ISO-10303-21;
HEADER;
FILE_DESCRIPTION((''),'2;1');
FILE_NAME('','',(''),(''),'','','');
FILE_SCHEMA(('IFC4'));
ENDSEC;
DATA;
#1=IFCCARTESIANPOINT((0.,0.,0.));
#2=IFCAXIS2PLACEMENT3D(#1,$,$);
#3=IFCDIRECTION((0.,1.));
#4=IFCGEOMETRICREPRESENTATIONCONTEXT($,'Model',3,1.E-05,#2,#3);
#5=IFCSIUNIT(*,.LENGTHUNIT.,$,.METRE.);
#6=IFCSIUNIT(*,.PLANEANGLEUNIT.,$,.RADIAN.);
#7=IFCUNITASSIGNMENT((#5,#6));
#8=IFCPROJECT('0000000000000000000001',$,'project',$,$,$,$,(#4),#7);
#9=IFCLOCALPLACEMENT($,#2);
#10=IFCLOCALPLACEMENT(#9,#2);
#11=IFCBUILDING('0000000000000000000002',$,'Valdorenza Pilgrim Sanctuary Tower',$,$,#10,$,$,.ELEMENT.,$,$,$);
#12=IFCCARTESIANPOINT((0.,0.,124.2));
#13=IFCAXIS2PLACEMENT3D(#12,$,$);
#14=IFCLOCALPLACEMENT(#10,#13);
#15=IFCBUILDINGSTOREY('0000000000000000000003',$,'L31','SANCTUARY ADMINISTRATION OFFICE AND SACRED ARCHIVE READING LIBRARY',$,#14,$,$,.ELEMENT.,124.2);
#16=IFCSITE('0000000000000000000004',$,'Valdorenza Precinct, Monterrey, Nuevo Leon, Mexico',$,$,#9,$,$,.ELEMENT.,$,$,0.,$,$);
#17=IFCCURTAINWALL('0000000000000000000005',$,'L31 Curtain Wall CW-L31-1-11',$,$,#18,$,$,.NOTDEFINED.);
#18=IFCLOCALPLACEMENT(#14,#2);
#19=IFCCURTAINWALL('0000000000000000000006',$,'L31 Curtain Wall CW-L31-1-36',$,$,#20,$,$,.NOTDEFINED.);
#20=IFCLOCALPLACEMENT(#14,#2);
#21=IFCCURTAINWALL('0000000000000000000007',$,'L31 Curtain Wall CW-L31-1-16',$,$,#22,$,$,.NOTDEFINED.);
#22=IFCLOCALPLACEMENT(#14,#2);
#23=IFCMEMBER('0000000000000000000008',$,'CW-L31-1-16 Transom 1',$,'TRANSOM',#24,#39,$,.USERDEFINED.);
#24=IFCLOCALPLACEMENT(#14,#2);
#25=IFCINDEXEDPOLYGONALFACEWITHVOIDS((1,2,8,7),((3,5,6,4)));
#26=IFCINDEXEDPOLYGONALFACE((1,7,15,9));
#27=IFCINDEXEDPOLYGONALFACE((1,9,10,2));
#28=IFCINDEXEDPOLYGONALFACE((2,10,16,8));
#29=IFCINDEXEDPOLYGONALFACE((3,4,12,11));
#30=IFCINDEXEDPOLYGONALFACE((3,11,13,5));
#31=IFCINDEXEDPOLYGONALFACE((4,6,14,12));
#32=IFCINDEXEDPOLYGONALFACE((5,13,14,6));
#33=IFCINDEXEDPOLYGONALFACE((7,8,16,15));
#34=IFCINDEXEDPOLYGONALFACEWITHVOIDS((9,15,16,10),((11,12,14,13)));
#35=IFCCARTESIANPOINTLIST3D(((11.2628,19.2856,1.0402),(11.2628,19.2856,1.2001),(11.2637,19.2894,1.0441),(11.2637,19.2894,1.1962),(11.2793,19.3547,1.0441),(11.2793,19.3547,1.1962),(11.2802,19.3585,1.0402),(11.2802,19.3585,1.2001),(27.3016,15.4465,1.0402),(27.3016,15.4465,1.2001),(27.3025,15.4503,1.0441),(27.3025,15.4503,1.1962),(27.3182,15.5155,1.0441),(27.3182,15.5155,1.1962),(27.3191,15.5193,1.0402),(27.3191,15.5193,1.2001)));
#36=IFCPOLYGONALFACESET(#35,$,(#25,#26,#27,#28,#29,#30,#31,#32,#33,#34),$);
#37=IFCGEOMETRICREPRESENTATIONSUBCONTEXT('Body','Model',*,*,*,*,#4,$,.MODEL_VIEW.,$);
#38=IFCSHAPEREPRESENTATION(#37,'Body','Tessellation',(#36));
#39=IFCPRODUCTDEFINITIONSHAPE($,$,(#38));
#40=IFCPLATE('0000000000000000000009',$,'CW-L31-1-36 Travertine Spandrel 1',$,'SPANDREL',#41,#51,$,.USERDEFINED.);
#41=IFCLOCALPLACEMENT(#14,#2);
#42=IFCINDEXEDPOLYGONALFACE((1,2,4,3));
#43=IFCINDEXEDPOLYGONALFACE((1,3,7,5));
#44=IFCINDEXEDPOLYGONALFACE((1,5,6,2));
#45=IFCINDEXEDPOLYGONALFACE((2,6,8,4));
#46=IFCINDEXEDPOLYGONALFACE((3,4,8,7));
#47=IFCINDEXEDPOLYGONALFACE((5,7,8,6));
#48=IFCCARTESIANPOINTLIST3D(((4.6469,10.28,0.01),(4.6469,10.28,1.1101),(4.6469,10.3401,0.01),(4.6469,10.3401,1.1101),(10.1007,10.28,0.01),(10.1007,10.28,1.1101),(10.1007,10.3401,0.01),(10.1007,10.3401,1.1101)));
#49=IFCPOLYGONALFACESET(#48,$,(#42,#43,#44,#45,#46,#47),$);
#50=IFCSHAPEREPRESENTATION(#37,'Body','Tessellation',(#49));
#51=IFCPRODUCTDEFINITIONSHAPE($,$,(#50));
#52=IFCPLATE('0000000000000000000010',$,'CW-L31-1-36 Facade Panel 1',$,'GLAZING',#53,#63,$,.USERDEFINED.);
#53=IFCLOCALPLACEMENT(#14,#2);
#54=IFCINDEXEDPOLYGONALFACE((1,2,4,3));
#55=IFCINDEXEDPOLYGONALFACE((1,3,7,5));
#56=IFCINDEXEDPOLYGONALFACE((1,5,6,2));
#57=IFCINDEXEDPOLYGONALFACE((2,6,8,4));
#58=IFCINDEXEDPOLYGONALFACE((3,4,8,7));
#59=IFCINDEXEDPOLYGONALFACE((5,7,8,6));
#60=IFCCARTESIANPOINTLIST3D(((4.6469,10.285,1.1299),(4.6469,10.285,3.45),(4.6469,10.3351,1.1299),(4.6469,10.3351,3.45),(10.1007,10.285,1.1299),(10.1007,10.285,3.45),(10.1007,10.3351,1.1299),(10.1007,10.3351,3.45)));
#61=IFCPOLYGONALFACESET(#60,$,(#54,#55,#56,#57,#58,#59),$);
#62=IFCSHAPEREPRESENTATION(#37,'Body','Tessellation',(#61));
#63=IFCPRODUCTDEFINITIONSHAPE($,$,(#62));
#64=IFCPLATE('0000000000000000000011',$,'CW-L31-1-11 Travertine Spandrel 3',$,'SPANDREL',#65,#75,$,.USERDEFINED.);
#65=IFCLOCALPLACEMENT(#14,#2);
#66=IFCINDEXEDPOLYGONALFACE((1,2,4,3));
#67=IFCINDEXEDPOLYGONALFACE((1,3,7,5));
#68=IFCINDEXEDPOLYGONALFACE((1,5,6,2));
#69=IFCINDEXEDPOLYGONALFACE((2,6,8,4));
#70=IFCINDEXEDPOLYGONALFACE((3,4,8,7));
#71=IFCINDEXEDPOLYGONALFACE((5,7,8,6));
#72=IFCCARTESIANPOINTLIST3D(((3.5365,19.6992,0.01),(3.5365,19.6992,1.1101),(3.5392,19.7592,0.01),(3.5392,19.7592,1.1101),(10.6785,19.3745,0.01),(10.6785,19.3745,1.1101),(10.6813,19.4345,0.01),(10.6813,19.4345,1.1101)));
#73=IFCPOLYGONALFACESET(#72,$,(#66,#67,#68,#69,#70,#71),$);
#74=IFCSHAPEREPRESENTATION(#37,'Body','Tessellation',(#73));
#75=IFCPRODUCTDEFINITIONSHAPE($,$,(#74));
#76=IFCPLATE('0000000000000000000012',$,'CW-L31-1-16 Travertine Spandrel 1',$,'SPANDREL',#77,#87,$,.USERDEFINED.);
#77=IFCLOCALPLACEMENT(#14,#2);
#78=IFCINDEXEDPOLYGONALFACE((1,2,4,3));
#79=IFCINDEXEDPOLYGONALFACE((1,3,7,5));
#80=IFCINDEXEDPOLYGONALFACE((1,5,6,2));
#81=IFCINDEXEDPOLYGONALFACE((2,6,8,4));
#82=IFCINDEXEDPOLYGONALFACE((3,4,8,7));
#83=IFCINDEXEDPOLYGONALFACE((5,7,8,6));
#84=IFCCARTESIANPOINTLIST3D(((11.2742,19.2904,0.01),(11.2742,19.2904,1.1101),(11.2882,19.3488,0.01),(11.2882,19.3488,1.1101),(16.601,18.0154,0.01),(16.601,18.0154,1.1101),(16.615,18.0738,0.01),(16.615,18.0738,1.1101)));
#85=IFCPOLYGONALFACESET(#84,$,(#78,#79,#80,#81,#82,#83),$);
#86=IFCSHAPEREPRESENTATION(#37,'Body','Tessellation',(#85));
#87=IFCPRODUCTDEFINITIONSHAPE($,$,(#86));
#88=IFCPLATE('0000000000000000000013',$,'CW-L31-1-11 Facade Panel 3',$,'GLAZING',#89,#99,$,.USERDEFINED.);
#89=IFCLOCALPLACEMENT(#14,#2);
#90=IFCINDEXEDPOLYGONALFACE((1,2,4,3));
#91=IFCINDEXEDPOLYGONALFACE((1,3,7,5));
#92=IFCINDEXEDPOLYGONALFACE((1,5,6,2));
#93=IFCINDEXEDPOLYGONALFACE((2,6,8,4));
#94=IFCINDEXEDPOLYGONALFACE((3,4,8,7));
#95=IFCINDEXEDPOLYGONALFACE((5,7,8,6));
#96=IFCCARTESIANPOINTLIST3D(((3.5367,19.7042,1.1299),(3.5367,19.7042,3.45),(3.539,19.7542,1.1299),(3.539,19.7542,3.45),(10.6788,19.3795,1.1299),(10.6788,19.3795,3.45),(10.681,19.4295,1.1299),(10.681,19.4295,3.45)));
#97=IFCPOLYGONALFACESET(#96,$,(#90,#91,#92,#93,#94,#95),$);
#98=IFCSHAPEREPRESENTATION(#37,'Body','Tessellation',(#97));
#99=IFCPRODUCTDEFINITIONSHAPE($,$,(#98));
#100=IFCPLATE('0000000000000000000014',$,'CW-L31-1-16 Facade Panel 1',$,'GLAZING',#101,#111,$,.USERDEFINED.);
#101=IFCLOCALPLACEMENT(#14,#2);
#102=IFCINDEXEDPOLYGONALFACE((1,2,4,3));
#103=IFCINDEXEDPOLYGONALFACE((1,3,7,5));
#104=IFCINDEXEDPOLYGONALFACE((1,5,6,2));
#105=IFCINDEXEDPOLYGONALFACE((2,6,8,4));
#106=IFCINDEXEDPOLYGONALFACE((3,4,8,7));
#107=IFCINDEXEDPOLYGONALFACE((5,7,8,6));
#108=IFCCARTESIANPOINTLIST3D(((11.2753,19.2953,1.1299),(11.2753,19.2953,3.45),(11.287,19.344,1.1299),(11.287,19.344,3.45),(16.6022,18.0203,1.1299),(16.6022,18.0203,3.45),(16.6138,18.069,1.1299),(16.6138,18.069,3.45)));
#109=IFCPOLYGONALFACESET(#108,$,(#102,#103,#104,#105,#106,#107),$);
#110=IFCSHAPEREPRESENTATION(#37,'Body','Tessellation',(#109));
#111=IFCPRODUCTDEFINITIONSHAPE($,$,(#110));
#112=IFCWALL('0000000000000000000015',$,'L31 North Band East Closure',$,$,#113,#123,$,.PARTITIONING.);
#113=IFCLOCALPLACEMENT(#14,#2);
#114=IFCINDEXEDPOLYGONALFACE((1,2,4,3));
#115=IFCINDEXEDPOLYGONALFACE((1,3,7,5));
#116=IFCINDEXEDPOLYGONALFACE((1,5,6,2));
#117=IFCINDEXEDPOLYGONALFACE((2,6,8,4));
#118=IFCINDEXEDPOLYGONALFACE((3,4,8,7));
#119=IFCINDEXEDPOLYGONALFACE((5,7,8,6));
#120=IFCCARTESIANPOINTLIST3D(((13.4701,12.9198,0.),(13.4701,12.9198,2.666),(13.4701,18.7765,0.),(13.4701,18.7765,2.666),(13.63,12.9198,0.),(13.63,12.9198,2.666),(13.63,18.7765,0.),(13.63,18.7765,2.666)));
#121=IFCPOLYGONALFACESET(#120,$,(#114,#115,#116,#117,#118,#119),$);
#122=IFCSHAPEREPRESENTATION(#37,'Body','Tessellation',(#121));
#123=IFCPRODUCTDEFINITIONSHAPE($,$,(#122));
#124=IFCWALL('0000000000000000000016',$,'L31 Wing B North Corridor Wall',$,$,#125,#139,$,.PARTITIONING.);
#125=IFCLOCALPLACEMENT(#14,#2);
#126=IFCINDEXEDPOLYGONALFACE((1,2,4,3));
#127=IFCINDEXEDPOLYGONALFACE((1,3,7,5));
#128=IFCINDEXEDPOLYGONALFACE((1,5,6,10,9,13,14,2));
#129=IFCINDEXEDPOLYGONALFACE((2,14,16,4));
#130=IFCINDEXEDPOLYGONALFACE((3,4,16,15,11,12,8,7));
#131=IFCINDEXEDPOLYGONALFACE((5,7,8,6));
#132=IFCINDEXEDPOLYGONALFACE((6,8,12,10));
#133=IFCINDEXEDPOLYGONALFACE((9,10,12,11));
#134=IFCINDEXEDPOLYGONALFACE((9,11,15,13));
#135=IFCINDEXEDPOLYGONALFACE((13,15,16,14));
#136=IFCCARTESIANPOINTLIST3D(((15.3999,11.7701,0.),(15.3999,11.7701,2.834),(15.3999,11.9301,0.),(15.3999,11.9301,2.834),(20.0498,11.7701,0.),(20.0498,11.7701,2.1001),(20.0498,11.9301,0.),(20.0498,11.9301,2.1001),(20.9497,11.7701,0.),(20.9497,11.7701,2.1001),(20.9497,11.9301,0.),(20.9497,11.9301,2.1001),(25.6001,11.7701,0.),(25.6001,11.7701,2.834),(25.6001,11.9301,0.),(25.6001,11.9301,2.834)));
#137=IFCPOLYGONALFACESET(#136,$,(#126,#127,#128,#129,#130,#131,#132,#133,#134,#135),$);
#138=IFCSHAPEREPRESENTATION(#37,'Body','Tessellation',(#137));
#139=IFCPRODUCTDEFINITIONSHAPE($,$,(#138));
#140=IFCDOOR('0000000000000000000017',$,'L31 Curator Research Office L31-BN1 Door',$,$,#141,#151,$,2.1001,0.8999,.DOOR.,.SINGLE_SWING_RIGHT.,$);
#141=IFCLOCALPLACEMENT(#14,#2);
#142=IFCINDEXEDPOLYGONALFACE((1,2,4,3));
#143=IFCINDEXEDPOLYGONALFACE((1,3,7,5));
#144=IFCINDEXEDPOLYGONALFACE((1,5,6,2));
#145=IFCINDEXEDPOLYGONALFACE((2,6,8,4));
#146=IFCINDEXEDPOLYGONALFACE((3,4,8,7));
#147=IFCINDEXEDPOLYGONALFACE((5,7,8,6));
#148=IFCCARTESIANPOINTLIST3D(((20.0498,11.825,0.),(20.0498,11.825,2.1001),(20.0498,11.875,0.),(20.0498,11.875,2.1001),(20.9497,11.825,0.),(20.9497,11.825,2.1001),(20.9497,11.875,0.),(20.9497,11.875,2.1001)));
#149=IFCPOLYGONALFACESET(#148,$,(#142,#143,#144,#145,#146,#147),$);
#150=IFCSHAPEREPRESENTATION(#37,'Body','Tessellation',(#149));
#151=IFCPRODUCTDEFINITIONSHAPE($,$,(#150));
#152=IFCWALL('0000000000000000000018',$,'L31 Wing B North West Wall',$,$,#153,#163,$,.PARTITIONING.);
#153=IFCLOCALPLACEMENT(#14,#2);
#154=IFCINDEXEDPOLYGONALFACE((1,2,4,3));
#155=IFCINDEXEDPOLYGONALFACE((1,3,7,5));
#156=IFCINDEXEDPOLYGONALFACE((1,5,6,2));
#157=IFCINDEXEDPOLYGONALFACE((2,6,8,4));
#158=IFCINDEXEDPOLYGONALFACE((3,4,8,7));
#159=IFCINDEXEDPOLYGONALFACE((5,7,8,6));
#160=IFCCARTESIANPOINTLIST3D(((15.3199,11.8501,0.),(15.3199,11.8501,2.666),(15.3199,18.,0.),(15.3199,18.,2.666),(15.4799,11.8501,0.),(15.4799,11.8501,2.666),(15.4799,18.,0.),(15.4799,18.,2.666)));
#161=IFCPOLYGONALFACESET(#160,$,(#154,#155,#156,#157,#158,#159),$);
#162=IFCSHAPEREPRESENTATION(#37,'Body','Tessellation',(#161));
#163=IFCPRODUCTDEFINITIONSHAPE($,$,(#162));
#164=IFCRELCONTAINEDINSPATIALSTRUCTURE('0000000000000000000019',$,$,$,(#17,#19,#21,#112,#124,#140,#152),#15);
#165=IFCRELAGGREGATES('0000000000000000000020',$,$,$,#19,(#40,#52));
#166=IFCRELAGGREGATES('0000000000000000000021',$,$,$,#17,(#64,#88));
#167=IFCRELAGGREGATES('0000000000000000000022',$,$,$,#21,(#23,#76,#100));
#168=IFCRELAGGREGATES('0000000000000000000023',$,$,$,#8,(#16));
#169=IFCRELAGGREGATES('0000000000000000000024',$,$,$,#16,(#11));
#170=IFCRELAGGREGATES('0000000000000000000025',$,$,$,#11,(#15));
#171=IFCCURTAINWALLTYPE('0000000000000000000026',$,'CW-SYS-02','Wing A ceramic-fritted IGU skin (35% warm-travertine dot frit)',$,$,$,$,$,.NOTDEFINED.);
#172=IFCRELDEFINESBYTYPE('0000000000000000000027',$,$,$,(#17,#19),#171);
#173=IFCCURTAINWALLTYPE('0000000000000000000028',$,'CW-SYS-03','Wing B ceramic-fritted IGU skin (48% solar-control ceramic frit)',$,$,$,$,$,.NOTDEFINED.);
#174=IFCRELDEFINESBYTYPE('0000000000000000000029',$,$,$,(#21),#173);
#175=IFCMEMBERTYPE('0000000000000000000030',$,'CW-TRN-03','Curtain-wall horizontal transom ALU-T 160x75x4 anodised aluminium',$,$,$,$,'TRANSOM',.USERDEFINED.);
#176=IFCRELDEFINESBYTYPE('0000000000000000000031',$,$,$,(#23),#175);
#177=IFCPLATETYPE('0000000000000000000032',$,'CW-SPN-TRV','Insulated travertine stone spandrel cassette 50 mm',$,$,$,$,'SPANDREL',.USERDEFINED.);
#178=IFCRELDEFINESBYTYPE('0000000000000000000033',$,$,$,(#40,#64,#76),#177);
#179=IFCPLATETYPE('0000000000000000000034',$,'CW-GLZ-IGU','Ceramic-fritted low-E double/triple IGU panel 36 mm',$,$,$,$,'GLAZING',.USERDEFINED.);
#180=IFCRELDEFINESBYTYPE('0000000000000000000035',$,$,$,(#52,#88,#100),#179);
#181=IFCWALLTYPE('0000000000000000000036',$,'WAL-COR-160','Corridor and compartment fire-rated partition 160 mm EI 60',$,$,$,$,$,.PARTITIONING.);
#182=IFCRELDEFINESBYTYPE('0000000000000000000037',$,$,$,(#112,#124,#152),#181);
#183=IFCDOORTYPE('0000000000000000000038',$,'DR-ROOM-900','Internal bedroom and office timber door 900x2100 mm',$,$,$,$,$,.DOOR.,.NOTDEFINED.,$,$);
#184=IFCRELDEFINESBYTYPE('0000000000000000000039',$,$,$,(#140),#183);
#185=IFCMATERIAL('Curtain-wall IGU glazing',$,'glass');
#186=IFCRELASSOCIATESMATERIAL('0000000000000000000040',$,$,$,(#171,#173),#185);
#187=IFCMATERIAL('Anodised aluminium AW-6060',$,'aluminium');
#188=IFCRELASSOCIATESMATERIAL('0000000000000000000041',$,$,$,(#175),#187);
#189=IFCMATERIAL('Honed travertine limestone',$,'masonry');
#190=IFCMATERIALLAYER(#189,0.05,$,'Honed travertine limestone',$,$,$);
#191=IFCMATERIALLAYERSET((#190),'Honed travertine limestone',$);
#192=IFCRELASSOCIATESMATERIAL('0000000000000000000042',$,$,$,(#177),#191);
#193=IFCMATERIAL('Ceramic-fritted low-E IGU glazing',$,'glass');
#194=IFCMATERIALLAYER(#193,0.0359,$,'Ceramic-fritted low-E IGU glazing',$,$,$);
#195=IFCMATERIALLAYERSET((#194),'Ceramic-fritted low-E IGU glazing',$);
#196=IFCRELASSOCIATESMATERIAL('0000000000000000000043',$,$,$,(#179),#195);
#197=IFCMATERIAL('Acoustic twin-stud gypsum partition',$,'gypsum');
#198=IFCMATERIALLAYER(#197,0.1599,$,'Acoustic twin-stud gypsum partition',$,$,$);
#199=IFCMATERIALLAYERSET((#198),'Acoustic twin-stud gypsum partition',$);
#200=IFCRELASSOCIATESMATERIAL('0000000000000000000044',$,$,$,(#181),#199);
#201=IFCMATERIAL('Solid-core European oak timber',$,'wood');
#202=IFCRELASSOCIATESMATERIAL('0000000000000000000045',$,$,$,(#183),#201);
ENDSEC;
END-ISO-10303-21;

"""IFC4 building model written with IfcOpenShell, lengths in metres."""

from ifc_helpers import new_model, si_unit, direction, frame, frame_2d, origin, origin_2d, place, context, subcontext, project, spatial, rectangle, hollow_rectangle, extrude, source, transform, mapped, material, layer, layer_set, material_profile, profile_set, type_object, element, fill, aggregate, save


model = new_model("IFC4")

# Units and contexts
model_context = context("Model", 3, precision=1e-05, world=origin(), true_north=direction((0.0, 1.0)))
body_context = subcontext(model_context, "Body", "Model", "MODEL_VIEW")
ifc_project = project(units=[si_unit("LENGTHUNIT", "METRE"), si_unit("PLANEANGLEUNIT", "RADIAN")], contexts=[model_context])

# Site, building, storey
site_placement = place(None, origin())
site = spatial("IfcSite", under=ifc_project, at=site_placement, Name="Valdorenza Precinct, Monterrey, Nuevo Leon, Mexico", CompositionType="ELEMENT", RefElevation=0.0)
building_placement = place(site_placement, origin())
building = spatial("IfcBuilding", under=site, at=building_placement, Name="Valdorenza Pilgrim Sanctuary Tower", CompositionType="ELEMENT")
storey_placement = place(building_placement, frame((0.0, 0.0, 124.2)))
storey = spatial("IfcBuildingStorey", under=building, at=storey_placement, Name="L31", Description="SANCTUARY ADMINISTRATION OFFICE AND SACRED ARCHIVE READING LIBRARY", CompositionType="ELEMENT", Elevation=124.2)

# Curtain walls
ifc_material_1 = material(Name="Curtain-wall IGU glazing", Category="glass")
curtain_wall_type_1 = type_object("IfcCurtainWallType", Name="CW-SYS-02", Description="Wing A ceramic-fritted IGU skin (35% warm-travertine dot frit)", PredefinedType="NOTDEFINED", material=ifc_material_1)
curtain_wall_1_placement = place(storey_placement, origin())
curtain_wall_1 = element("IfcCurtainWall", 1, at=curtain_wall_1_placement, inside=storey, type_object=curtain_wall_type_1, Name="L31 Curtain Wall CW-L31-1-11", PredefinedType="NOTDEFINED")
ifc_material_2 = material(Name="Anodised aluminium AW-6060", Category="aluminium")
curtain_wall_2_placement = place(storey_placement, origin())
curtain_wall_2 = element("IfcCurtainWall", 2, at=curtain_wall_2_placement, inside=storey, type_object=curtain_wall_type_1, Name="L31 Curtain Wall CW-L31-1-36", PredefinedType="NOTDEFINED")
curtain_wall_type_2 = type_object("IfcCurtainWallType", Name="CW-SYS-03", Description="Wing B ceramic-fritted IGU skin (48% solar-control ceramic frit)", PredefinedType="NOTDEFINED", material=ifc_material_1)
curtain_wall_3_placement = place(storey_placement, origin())
curtain_wall_3 = element("IfcCurtainWall", 3, at=curtain_wall_3_placement, inside=storey, type_object=curtain_wall_type_2, Name="L31 Curtain Wall CW-L31-1-16", PredefinedType="NOTDEFINED")

# Member
ifc_material_profile_1 = material_profile(ifc_material_2, hollow_rectangle(XDim=0.075, YDim=0.1599, WallThickness=0.0039, at=origin_2d()), Name="ALU-T 160x75x4")
ifc_profile_set_1 = profile_set([ifc_material_profile_1], Name="Anodised aluminium AW-6060")
member_type_1 = type_object("IfcMemberType", Name="CW-TRN-03", Description="Curtain-wall horizontal transom ALU-T 160x75x4 anodised aluminium", ElementType="TRANSOM", PredefinedType="USERDEFINED", material=ifc_profile_set_1)
shared_shape_1 = source(origin(), body_context, "Body", "SweptSolid", [
    extrude(hollow_rectangle(XDim=0.075, YDim=0.1599, WallThickness=0.0039, at=origin_2d()), origin(), (0.0, 0.0, 1.0), 16.4919),
])
member_1_placement = place(storey_placement, frame((11.2715, 19.322, 1.1201), z_axis=(0.972528, -0.232788, 0.0), x_axis=(0.232788, 0.972528, 0.0)))
member_1 = element("IfcMember", 4, at=member_1_placement, type_object=member_type_1, Name="CW-L31-1-16 Transom 1", ObjectType="TRANSOM", PredefinedType="USERDEFINED", context=body_context, shape_type="MappedRepresentation", body=[
    mapped(shared_shape_1, transform((0.0, 0.0, 0.0), x_axis=(1.0, 0.0, 0.0), y_axis=(0.0, 1.0, 0.0), z_axis=(0.0, 0.0, 1.0), scale=1.0)),
])

# Plates
ifc_material_3 = material(Name="Honed travertine limestone", Category="masonry")
ifc_layer_1 = layer(ifc_material_3, 0.05, Name="Honed travertine limestone")
ifc_layer_set_1 = layer_set([ifc_layer_1], Name="Honed travertine limestone")
plate_type_1 = type_object("IfcPlateType", Name="CW-SPN-TRV", Description="Insulated travertine stone spandrel cassette 50 mm", ElementType="SPANDREL", PredefinedType="USERDEFINED", material=ifc_layer_set_1)
shared_shape_2 = source(origin(), body_context, "Body", "SweptSolid", [
    extrude(rectangle(XDim=5.4539, YDim=0.0601, at=origin_2d()), origin(), (0.0, 0.0, 1.0), 1.1001),
])
plate_1_placement = place(storey_placement, frame((7.3738, 10.3101, 0.01), z_axis=(0.0, 0.0, 1.0), x_axis=(-1.0, 0.0, 0.0)))
plate_1 = element("IfcPlate", 5, at=plate_1_placement, type_object=plate_type_1, Name="CW-L31-1-36 Travertine Spandrel 1", ObjectType="SPANDREL", PredefinedType="USERDEFINED", context=body_context, shape_type="MappedRepresentation", body=[
    mapped(shared_shape_2, transform((0.0, 0.0, 0.0), x_axis=(1.0, 0.0, 0.0), y_axis=(0.0, 1.0, 0.0), z_axis=(0.0, 0.0, 1.0), scale=1.0)),
])
ifc_material_4 = material(Name="Ceramic-fritted low-E IGU glazing", Category="glass")
ifc_layer_2 = layer(ifc_material_4, 0.0359, Name="Ceramic-fritted low-E IGU glazing")
ifc_layer_set_2 = layer_set([ifc_layer_2], Name="Ceramic-fritted low-E IGU glazing")
plate_type_2 = type_object("IfcPlateType", Name="CW-GLZ-IGU", Description="Ceramic-fritted low-E double/triple IGU panel 36 mm", ElementType="GLAZING", PredefinedType="USERDEFINED", material=ifc_layer_set_2)
shared_shape_3 = source(origin(), body_context, "Body", "SweptSolid", [
    extrude(rectangle(XDim=5.4539, YDim=0.05, at=origin_2d()), origin(), (0.0, 0.0, 1.0), 2.3201),
])
plate_2_placement = place(storey_placement, frame((7.3738, 10.3101, 1.1299), z_axis=(0.0, 0.0, 1.0), x_axis=(-1.0, 0.0, 0.0)))
plate_2 = element("IfcPlate", 6, at=plate_2_placement, type_object=plate_type_2, Name="CW-L31-1-36 Facade Panel 1", ObjectType="GLAZING", PredefinedType="USERDEFINED", context=body_context, shape_type="MappedRepresentation", body=[
    mapped(shared_shape_3, transform((0.0, 0.0, 0.0), x_axis=(1.0, 0.0, 0.0), y_axis=(0.0, 1.0, 0.0), z_axis=(0.0, 0.0, 1.0), scale=1.0)),
])
aggregate(curtain_wall_2, [plate_1, plate_2])
shared_shape_4 = source(origin(), body_context, "Body", "SweptSolid", [
    extrude(rectangle(XDim=7.1494, YDim=0.0601, at=origin_2d()), origin(), (0.0, 0.0, 1.0), 1.1001),
])
plate_3_placement = place(storey_placement, frame((7.1089, 19.5669, 0.01), z_axis=(0.0, 0.0, 1.0), x_axis=(0.998968, -0.045415, 0.0)))
plate_3 = element("IfcPlate", 7, at=plate_3_placement, type_object=plate_type_1, Name="CW-L31-1-11 Travertine Spandrel 3", ObjectType="SPANDREL", PredefinedType="USERDEFINED", context=body_context, shape_type="MappedRepresentation", body=[
    mapped(shared_shape_4, transform((0.0, 0.0, 0.0), x_axis=(1.0, 0.0, 0.0), y_axis=(0.0, 1.0, 0.0), z_axis=(0.0, 0.0, 1.0), scale=1.0)),
])
shared_shape_5 = source(origin(), body_context, "Body", "SweptSolid", [
    extrude(rectangle(XDim=5.4773, YDim=0.0601, at=origin_2d()), origin(), (0.0, 0.0, 1.0), 1.1001),
])
plate_4_placement = place(storey_placement, frame((13.9446, 18.6821, 0.01), z_axis=(0.0, 0.0, 1.0), x_axis=(0.972529, -0.232783, 0.0)))
plate_4 = element("IfcPlate", 8, at=plate_4_placement, type_object=plate_type_1, Name="CW-L31-1-16 Travertine Spandrel 1", ObjectType="SPANDREL", PredefinedType="USERDEFINED", context=body_context, shape_type="MappedRepresentation", body=[
    mapped(shared_shape_5, transform((0.0, 0.0, 0.0), x_axis=(1.0, 0.0, 0.0), y_axis=(0.0, 1.0, 0.0), z_axis=(0.0, 0.0, 1.0), scale=1.0)),
])
shared_shape_6 = source(origin(), body_context, "Body", "SweptSolid", [
    extrude(rectangle(XDim=7.1494, YDim=0.05, at=origin_2d()), origin(), (0.0, 0.0, 1.0), 2.3201),
])
plate_5_placement = place(storey_placement, frame((7.1089, 19.5669, 1.1299), z_axis=(0.0, 0.0, 1.0), x_axis=(0.998968, -0.045415, 0.0)))
plate_5 = element("IfcPlate", 9, at=plate_5_placement, type_object=plate_type_2, Name="CW-L31-1-11 Facade Panel 3", ObjectType="GLAZING", PredefinedType="USERDEFINED", context=body_context, shape_type="MappedRepresentation", body=[
    mapped(shared_shape_6, transform((0.0, 0.0, 0.0), x_axis=(1.0, 0.0, 0.0), y_axis=(0.0, 1.0, 0.0), z_axis=(0.0, 0.0, 1.0), scale=1.0)),
])
aggregate(curtain_wall_1, [plate_3, plate_5])
shared_shape_7 = source(origin(), body_context, "Body", "SweptSolid", [
    extrude(rectangle(XDim=5.4773, YDim=0.05, at=origin_2d()), origin(), (0.0, 0.0, 1.0), 2.3201),
])
plate_6_placement = place(storey_placement, frame((13.9446, 18.6821, 1.1299), z_axis=(0.0, 0.0, 1.0), x_axis=(0.972529, -0.232783, 0.0)))
plate_6 = element("IfcPlate", 10, at=plate_6_placement, type_object=plate_type_2, Name="CW-L31-1-16 Facade Panel 1", ObjectType="GLAZING", PredefinedType="USERDEFINED", context=body_context, shape_type="MappedRepresentation", body=[
    mapped(shared_shape_7, transform((0.0, 0.0, 0.0), x_axis=(1.0, 0.0, 0.0), y_axis=(0.0, 1.0, 0.0), z_axis=(0.0, 0.0, 1.0), scale=1.0)),
])
aggregate(curtain_wall_3, [member_1, plate_4, plate_6])

# Wall
ifc_material_5 = material(Name="Acoustic twin-stud gypsum partition", Category="gypsum")
ifc_layer_3 = layer(ifc_material_5, 0.1599, Name="Acoustic twin-stud gypsum partition")
ifc_layer_set_3 = layer_set([ifc_layer_3], Name="Acoustic twin-stud gypsum partition")
wall_type_1 = type_object("IfcWallType", Name="WAL-COR-160", Description="Corridor and compartment fire-rated partition 160 mm EI 60", PredefinedType="PARTITIONING", material=ifc_layer_set_3)
wall_1_placement = place(storey_placement, frame((13.55, 12.9199, 0.0), z_axis=(0.0, 0.0, 1.0), x_axis=(0.0, 1.0, 0.0)))
element("IfcWall", 11, at=wall_1_placement, inside=storey, type_object=wall_type_1, Name="L31 North Band East Closure", PredefinedType="PARTITIONING", context=body_context, shape_type="SweptSolid", body=[
    extrude(rectangle(XDim=5.8567, YDim=0.1599, at=frame_2d((2.9282, 0.0))), origin(), (0.0, 0.0, 1.0), 2.666),
])

# Wall, opening, door
wall_2_placement = place(storey_placement, frame((15.3999, 11.8501, 0.0), z_axis=(0.0, 0.0, 1.0), x_axis=(1.0, 0.0, 0.0)))
wall_2 = element("IfcWall", 12, at=wall_2_placement, inside=storey, type_object=wall_type_1, Name="L31 Wing B North Corridor Wall", PredefinedType="PARTITIONING", context=body_context, shape_type="SweptSolid", body=[
    extrude(rectangle(XDim=10.2002, YDim=0.1599, at=frame_2d((5.1001, 0.0))), origin(), (0.0, 0.0, 1.0), 2.834),
])
opening_1_placement = place(wall_2_placement, frame((4.6499, 0.0, 0.0)))
opening_1 = element("IfcOpeningElement", 13, at=opening_1_placement, cuts=wall_2, PredefinedType="OPENING", context=body_context, shape_type="SweptSolid", body=[
    extrude(rectangle(XDim=0.8999, YDim=2.1001, at=frame_2d((0.45, 1.05))), frame((0.0, 0.0947, 0.0), z_axis=(0.0, -1.0, 0.0), x_axis=(1.0, 0.0, 0.0)), (0.0, 0.0, 1.0), 0.1897),
])
ifc_material_6 = material(Name="Solid-core European oak timber", Category="wood")
door_type = type_object("IfcDoorType", Name="DR-ROOM-900", Description="Internal bedroom and office timber door 900x2100 mm", OperationType="NOTDEFINED", PredefinedType="DOOR", material=ifc_material_6)
door_1_placement = place(opening_1_placement, origin())
door_1 = element("IfcDoor", 14, at=door_1_placement, inside=storey, type_object=door_type, Name="L31 Curator Research Office L31-BN1 Door", OperationType="SINGLE_SWING_RIGHT", OverallHeight=2.1001, OverallWidth=0.8999, PredefinedType="DOOR", context=body_context, shape_type="SweptSolid", body=[
    extrude(rectangle(XDim=0.8999, YDim=2.1001, at=frame_2d((0.45, 1.05))), frame((0.0, 0.0249, 0.0), z_axis=(0.0, -1.0, 0.0), x_axis=(1.0, 0.0, 0.0)), (0.0, 0.0, 1.0), 0.05),
])
fill(opening_1, door_1)

# Wall
wall_3_placement = place(storey_placement, frame((15.3999, 11.8501, 0.0), z_axis=(0.0, 0.0, 1.0), x_axis=(0.0, 1.0, 0.0)))
element("IfcWall", 15, at=wall_3_placement, inside=storey, type_object=wall_type_1, Name="L31 Wing B North West Wall", PredefinedType="PARTITIONING", context=body_context, shape_type="SweptSolid", body=[
    extrude(rectangle(XDim=6.1499, YDim=0.1599, at=frame_2d((3.075, 0.0))), origin(), (0.0, 0.0, 1.0), 2.666),
])

save(model, "model.ifc")
